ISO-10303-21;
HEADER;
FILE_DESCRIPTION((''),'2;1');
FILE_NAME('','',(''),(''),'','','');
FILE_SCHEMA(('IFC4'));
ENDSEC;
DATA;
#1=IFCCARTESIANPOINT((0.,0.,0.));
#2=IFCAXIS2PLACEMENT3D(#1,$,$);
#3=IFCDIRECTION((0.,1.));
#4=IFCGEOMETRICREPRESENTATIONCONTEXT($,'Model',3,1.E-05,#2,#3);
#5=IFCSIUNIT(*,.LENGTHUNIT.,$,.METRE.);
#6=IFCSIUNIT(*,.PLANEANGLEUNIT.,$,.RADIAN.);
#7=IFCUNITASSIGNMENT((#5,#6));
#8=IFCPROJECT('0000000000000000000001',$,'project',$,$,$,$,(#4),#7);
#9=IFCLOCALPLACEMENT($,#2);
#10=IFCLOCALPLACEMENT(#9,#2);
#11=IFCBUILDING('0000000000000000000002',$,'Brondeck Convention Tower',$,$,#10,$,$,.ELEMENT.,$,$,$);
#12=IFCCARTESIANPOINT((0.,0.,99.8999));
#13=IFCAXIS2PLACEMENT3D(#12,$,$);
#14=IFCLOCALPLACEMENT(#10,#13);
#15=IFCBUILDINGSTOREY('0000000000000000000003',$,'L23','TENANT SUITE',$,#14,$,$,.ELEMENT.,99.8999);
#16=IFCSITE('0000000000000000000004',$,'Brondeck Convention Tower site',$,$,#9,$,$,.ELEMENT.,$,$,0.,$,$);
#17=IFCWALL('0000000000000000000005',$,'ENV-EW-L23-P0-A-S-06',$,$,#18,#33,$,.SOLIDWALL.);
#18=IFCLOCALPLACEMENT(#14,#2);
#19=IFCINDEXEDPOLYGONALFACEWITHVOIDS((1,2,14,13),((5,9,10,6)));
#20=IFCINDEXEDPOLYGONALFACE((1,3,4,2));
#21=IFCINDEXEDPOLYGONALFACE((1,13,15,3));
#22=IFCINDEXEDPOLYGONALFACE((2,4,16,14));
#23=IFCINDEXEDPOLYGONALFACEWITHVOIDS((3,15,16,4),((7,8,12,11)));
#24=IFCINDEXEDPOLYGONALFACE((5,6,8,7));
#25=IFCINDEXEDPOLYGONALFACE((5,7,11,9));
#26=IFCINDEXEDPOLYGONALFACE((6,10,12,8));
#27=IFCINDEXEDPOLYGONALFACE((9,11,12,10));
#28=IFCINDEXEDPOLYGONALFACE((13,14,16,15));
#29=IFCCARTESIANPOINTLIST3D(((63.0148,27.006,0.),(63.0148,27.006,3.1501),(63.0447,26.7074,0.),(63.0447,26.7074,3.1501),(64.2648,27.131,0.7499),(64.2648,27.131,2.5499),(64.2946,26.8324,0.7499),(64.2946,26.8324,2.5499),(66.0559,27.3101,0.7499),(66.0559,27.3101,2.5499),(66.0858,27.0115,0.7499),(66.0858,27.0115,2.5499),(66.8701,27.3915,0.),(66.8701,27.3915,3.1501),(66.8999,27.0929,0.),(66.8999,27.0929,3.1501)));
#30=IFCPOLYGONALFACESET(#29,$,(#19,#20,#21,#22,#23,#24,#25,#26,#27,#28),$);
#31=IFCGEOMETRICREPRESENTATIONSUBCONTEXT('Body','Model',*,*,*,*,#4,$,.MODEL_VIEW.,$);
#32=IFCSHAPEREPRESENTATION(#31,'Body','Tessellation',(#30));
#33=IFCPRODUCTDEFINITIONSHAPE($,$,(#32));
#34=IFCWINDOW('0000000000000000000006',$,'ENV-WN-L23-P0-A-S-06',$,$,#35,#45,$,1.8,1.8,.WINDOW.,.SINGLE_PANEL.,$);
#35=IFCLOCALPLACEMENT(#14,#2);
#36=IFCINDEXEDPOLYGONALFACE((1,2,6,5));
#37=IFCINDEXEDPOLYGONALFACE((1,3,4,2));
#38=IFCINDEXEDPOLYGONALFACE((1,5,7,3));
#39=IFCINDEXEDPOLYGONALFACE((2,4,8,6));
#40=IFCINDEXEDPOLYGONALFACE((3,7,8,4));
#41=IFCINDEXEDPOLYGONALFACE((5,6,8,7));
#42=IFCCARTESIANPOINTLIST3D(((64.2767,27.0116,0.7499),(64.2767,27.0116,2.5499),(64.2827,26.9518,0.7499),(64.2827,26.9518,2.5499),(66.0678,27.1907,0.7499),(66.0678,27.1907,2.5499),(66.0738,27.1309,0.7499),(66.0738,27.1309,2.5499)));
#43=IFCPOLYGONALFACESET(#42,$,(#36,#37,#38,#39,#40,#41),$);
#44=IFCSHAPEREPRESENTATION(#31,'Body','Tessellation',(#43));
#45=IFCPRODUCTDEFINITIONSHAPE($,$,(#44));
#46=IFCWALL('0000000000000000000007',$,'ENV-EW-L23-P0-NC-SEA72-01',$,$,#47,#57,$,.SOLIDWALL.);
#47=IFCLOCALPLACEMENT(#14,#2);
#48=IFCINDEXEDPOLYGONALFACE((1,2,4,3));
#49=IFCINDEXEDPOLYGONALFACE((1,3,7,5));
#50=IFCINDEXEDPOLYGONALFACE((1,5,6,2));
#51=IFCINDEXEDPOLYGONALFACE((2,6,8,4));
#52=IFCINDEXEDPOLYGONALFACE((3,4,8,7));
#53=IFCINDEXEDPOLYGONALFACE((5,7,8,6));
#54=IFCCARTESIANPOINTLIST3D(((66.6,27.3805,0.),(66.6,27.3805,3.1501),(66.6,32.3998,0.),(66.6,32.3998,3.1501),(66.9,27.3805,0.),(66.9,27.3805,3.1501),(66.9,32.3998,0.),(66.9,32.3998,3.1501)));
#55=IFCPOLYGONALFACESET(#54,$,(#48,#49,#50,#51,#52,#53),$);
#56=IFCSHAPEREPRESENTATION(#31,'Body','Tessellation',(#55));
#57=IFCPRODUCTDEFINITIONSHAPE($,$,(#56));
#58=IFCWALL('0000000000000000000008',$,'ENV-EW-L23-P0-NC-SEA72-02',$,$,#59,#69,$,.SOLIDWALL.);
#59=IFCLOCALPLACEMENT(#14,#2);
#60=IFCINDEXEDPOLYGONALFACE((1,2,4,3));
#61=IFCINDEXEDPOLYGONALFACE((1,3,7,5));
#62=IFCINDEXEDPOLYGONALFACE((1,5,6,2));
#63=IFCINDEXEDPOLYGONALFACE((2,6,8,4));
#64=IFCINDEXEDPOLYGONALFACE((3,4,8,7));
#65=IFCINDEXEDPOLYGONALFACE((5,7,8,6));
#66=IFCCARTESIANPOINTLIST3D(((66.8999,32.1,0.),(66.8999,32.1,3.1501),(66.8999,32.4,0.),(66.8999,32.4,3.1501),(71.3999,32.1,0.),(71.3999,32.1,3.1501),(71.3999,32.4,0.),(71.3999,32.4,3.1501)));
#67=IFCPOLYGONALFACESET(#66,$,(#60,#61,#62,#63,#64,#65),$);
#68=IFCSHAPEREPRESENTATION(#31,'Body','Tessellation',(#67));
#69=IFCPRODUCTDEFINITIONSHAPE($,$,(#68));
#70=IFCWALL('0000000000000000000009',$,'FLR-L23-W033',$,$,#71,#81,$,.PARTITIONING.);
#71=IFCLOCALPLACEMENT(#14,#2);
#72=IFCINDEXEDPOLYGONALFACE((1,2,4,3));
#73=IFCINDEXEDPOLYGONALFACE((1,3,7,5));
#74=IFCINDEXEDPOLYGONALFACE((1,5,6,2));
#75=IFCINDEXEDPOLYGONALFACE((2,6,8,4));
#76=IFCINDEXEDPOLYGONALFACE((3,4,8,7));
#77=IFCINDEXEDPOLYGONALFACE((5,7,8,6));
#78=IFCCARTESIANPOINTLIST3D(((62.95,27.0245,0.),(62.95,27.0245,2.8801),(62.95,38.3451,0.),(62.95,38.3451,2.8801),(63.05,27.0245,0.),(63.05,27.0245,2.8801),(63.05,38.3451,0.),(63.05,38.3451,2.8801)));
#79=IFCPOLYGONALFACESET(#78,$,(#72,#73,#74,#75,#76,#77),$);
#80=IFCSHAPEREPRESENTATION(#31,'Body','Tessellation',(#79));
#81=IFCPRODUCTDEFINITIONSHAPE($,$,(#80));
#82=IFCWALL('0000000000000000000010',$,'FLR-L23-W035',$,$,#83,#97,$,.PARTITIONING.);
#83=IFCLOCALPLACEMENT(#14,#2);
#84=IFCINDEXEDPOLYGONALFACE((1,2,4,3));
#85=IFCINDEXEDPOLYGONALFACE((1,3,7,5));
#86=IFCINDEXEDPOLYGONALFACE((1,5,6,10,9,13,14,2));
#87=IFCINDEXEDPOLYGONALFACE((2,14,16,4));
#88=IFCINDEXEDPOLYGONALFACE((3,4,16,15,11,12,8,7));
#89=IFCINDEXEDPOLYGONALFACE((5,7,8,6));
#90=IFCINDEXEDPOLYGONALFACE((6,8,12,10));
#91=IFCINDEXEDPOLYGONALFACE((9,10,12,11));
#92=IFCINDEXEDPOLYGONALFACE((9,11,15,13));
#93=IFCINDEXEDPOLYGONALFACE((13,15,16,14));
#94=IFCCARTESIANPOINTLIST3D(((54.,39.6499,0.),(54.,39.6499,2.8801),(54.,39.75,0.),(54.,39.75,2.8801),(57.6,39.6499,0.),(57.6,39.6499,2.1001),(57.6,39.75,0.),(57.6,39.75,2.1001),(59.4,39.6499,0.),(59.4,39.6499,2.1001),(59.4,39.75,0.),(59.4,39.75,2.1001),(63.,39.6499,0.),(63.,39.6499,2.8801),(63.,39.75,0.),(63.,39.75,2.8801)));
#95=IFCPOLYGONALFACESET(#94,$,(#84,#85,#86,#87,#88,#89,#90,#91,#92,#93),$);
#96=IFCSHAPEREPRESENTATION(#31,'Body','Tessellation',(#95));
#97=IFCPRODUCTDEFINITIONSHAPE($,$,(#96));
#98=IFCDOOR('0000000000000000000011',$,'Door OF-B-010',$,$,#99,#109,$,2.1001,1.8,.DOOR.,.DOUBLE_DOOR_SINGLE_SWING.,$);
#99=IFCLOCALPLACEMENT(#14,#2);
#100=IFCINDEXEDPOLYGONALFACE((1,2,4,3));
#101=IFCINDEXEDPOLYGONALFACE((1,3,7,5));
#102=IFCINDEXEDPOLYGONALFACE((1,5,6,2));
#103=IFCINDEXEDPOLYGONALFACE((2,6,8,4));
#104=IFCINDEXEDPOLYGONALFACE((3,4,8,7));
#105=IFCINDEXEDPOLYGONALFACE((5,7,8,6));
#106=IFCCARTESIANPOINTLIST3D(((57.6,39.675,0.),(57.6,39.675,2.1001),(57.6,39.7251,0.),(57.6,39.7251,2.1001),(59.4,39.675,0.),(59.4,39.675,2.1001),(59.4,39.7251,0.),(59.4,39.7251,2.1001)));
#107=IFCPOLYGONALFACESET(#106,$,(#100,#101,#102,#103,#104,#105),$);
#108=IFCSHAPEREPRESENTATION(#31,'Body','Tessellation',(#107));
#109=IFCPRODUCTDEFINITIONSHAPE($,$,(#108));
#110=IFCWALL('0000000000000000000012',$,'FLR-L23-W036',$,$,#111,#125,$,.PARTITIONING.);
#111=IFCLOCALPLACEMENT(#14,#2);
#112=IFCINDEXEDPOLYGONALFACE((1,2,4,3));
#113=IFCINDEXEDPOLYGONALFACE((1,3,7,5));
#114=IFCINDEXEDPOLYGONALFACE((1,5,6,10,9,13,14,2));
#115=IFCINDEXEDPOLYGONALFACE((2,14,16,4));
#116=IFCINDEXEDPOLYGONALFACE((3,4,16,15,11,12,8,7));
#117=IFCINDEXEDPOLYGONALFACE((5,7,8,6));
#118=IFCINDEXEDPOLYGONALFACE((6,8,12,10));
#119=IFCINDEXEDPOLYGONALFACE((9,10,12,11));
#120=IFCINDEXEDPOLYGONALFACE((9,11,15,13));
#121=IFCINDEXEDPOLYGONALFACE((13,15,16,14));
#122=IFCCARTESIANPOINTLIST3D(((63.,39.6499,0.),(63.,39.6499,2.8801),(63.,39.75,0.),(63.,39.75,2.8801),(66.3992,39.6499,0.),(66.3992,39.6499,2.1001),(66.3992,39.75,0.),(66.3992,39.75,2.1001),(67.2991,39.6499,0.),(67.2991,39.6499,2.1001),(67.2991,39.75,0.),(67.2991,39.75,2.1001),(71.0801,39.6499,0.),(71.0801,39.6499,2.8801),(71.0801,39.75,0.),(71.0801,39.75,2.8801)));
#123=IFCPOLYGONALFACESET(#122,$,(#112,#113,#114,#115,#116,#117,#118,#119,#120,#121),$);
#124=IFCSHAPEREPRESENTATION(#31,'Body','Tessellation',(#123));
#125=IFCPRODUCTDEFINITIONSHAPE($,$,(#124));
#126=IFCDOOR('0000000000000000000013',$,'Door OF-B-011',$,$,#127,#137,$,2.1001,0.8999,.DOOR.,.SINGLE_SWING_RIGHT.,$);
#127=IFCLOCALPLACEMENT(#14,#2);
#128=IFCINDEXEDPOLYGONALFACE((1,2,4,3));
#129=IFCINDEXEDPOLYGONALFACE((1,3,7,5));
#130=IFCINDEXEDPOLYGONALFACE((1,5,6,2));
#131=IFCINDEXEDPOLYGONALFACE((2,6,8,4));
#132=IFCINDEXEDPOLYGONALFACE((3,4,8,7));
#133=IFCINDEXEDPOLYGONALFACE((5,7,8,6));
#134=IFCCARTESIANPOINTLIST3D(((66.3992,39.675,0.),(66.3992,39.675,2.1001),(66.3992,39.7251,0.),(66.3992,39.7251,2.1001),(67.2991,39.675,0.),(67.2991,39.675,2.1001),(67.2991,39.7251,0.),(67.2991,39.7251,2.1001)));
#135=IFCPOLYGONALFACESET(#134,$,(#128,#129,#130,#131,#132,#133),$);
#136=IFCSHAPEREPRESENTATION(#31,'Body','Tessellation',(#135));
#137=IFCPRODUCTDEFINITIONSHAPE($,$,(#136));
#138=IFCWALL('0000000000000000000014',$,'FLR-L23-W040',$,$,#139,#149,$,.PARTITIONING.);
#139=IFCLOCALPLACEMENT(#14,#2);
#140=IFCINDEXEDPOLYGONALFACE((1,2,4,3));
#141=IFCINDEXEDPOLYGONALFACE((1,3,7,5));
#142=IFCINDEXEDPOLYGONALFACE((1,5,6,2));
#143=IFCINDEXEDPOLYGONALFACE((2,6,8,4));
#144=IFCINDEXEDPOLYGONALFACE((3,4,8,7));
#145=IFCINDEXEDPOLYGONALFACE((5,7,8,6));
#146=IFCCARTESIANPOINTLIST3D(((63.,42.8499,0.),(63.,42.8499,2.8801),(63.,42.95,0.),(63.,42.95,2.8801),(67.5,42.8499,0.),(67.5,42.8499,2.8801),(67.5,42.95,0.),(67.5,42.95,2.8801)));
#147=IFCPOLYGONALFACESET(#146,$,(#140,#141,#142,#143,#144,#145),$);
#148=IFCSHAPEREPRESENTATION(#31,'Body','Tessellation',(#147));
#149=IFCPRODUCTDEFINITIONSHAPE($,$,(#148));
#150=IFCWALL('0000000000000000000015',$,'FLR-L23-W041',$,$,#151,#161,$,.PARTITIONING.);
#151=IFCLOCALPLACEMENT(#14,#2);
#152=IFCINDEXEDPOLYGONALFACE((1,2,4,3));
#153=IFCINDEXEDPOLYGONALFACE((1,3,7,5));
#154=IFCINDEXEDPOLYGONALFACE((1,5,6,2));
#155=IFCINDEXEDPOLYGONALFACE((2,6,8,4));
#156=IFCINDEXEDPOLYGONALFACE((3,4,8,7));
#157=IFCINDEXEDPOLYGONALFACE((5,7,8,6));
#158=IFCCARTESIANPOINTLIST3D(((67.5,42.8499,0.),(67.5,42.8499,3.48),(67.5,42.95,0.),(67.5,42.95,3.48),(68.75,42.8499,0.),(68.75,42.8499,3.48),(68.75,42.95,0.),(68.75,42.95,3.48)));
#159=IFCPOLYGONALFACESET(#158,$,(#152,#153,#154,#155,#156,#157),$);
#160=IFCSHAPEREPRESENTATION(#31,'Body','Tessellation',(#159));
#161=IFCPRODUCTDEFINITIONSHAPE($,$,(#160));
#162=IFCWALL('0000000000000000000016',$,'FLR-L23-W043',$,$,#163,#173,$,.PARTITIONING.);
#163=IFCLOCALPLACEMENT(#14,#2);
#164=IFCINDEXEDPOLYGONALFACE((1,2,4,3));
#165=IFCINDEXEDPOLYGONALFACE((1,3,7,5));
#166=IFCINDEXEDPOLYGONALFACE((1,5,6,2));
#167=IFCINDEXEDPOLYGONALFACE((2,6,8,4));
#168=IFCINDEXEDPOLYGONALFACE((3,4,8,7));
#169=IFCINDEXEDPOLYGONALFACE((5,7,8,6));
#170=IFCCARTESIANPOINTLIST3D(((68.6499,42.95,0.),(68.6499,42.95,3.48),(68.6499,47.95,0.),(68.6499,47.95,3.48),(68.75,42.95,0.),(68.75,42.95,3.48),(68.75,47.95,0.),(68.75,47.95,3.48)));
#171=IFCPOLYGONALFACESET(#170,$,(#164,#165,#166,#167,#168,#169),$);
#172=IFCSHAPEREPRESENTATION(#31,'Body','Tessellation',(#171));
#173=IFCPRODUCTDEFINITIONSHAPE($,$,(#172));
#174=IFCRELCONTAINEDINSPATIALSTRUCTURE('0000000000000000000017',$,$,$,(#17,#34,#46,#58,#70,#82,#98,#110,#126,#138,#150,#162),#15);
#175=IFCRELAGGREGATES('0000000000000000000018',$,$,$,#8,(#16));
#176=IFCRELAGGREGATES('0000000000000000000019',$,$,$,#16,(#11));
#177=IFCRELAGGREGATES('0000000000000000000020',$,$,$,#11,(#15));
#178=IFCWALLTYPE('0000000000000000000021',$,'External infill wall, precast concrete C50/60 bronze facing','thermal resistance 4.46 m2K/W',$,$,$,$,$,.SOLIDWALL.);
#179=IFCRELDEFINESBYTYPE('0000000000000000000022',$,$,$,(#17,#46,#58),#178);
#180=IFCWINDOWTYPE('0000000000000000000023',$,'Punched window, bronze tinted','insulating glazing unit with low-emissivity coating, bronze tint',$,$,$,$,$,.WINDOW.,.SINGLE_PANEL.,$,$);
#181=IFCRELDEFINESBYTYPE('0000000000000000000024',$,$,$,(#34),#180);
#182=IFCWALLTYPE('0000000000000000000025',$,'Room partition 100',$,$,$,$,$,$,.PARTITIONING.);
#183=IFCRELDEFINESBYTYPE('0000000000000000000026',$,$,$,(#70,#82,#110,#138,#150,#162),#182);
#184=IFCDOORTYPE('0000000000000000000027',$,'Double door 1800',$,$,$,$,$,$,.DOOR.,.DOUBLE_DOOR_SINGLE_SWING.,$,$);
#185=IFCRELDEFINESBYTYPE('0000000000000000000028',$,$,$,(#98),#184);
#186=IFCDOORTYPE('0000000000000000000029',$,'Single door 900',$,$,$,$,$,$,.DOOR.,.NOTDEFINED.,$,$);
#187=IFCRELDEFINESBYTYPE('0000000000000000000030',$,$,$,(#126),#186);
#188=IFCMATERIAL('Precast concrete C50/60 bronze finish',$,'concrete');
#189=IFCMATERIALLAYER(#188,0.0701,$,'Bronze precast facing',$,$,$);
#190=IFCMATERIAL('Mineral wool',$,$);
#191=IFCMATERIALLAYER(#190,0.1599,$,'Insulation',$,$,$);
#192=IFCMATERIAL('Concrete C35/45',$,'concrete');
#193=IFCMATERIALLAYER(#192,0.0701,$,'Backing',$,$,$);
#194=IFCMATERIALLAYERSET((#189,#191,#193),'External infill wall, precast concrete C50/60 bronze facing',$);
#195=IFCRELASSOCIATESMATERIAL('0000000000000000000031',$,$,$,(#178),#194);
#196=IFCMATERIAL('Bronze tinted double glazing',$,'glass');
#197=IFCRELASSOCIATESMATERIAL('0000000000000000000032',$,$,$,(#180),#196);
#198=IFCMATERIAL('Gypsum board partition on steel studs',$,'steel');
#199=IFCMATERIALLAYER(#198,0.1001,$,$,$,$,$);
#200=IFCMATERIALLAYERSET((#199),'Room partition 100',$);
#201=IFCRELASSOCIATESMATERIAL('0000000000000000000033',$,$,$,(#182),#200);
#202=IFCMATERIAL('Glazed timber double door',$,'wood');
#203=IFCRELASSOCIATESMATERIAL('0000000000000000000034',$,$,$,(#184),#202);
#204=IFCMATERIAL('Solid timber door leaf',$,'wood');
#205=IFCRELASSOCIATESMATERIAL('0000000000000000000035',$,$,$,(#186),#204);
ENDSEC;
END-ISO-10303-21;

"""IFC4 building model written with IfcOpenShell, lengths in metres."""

from ifc_helpers import new_model, si_unit, direction, frame, frame_2d, origin, place, context, subcontext, project, spatial, rectangle, extrude, material, layer, layer_set, type_object, element, fill, save


model = new_model("IFC4")

# Units and contexts
model_context = context("Model", 3, precision=1e-05, world=origin(), true_north=direction((0.0, 1.0)))
body_context = subcontext(model_context, "Body", "Model", "MODEL_VIEW")
ifc_project = project(units=[si_unit("LENGTHUNIT", "METRE"), si_unit("PLANEANGLEUNIT", "RADIAN")], contexts=[model_context])

# Site, building, storey
site_placement = place(None, origin())
site = spatial("IfcSite", under=ifc_project, at=site_placement, Name="Brondeck Convention Tower site", CompositionType="ELEMENT", RefElevation=0.0)
building_placement = place(site_placement, origin())
building = spatial("IfcBuilding", under=site, at=building_placement, Name="Brondeck Convention Tower", CompositionType="ELEMENT")
storey_placement = place(building_placement, frame((0.0, 0.0, 99.8999)))
storey = spatial("IfcBuildingStorey", under=building, at=storey_placement, Name="L23", Description="TENANT SUITE", CompositionType="ELEMENT", Elevation=99.8999)

# Shared definitions
ifc_material_1 = material(Name="Precast concrete C50/60 bronze finish", Category="concrete")
ifc_layer_1 = layer(ifc_material_1, 0.0701, Name="Bronze precast facing")
ifc_material_2 = material(Name="Mineral wool")
ifc_layer_2 = layer(ifc_material_2, 0.1599, Name="Insulation")
ifc_material_3 = material(Name="Concrete C35/45", Category="concrete")
ifc_layer_3 = layer(ifc_material_3, 0.0701, Name="Backing")
ifc_layer_set_1 = layer_set([ifc_layer_1, ifc_layer_2, ifc_layer_3], Name="External infill wall, precast concrete C50/60 bronze facing")
wall_type_1 = type_object("IfcWallType", Name="External infill wall, precast concrete C50/60 bronze facing", Description="thermal resistance 4.46 m2K/W", PredefinedType="SOLIDWALL", material=ifc_layer_set_1)
ifc_material_4 = material(Name="Bronze tinted double glazing", Category="glass")
window_type_1 = type_object("IfcWindowType", Name="Punched window, bronze tinted", Description="insulating glazing unit with low-emissivity coating, bronze tint", PartitioningType="SINGLE_PANEL", PredefinedType="WINDOW", material=ifc_material_4)

# Wall, opening, window
wall_1_placement = place(storey_placement, frame((66.885, 27.2422, 0.0), z_axis=(0.0, 0.0, 1.0), x_axis=(-0.995038, -0.099497, 0.0)))
wall_1 = element("IfcWall", 1, at=wall_1_placement, inside=storey, type_object=wall_type_1, Name="ENV-EW-L23-P0-A-S-06", PredefinedType="SOLIDWALL", context=body_context, shape_type="SweptSolid", body=[
    extrude(rectangle(XDim=3.8745, YDim=0.3, at=frame_2d((1.9373, 0.0))), origin(), (0.0, 0.0, 1.0), 3.1501),
])
opening_1_placement = place(wall_1_placement, frame((0.8184, 0.0, 0.75)))
opening_1 = element("IfcOpeningElement", 2, at=opening_1_placement, cuts=wall_1, PredefinedType="OPENING", context=body_context, shape_type="SweptSolid", body=[
    extrude(rectangle(XDim=1.8, YDim=1.8, at=frame_2d((0.8999, 0.8999))), frame((0.0, 0.1599, 0.0), z_axis=(0.0, -1.0, 0.0), x_axis=(1.0, 0.0, 0.0)), (0.0, 0.0, 1.0), 0.3201),
])
window_1_placement = place(opening_1_placement, origin())
window_1 = element("IfcWindow", 3, at=window_1_placement, inside=storey, type_object=window_type_1, Name="ENV-WN-L23-P0-A-S-06", OverallHeight=1.8, OverallWidth=1.8, PartitioningType="SINGLE_PANEL", PredefinedType="WINDOW", context=body_context, shape_type="SweptSolid", body=[
    extrude(rectangle(XDim=1.8, YDim=1.8, at=frame_2d((0.8999, 0.8999))), frame((0.0, 0.03, 0.0), z_axis=(0.0, -1.0, 0.0), x_axis=(1.0, 0.0, 0.0)), (0.0, 0.0, 1.0), 0.0601),
])
fill(opening_1, window_1)

# Walls
wall_2_placement = place(storey_placement, frame((66.75, 32.3999, 0.0), z_axis=(0.0, 0.0, 1.0), x_axis=(0.0, -1.0, 0.0)))
element("IfcWall", 4, at=wall_2_placement, inside=storey, type_object=wall_type_1, Name="ENV-EW-L23-P0-NC-SEA72-01", PredefinedType="SOLIDWALL", context=body_context, shape_type="SweptSolid", body=[
    extrude(rectangle(XDim=5.0193, YDim=0.3, at=frame_2d((2.5098, 0.0))), origin(), (0.0, 0.0, 1.0), 3.1501),
])
wall_3_placement = place(storey_placement, frame((71.3999, 32.25, 0.0), z_axis=(0.0, 0.0, 1.0), x_axis=(-1.0, 0.0, 0.0)))
element("IfcWall", 5, at=wall_3_placement, inside=storey, type_object=wall_type_1, Name="ENV-EW-L23-P0-NC-SEA72-02", PredefinedType="SOLIDWALL", context=body_context, shape_type="SweptSolid", body=[
    extrude(rectangle(XDim=4.5, YDim=0.3, at=frame_2d((2.25, 0.0))), origin(), (0.0, 0.0, 1.0), 3.1501),
])
ifc_material_5 = material(Name="Gypsum board partition on steel studs", Category="steel")
ifc_layer_4 = layer(ifc_material_5, 0.1001)
ifc_layer_set_2 = layer_set([ifc_layer_4], Name="Room partition 100")
wall_type_2 = type_object("IfcWallType", Name="Room partition 100", PredefinedType="PARTITIONING", material=ifc_layer_set_2)
wall_4_placement = place(storey_placement, frame((63.0, 38.345, 0.0), z_axis=(0.0, 0.0, 1.0), x_axis=(0.0, -1.0, 0.0)))
element("IfcWall", 6, at=wall_4_placement, inside=storey, type_object=wall_type_2, Name="FLR-L23-W033", PredefinedType="PARTITIONING", context=body_context, shape_type="SweptSolid", body=[
    extrude(rectangle(XDim=11.3206, YDim=0.1001, at=frame_2d((5.6602, 0.0))), origin(), (0.0, 0.0, 1.0), 2.8801),
])

# Walls, openings, doors
wall_5_placement = place(storey_placement, frame((63.0, 39.7, 0.0), z_axis=(0.0, 0.0, 1.0), x_axis=(-1.0, 0.0, 0.0)))
wall_5 = element("IfcWall", 7, at=wall_5_placement, inside=storey, type_object=wall_type_2, Name="FLR-L23-W035", PredefinedType="PARTITIONING", context=body_context, shape_type="SweptSolid", body=[
    extrude(rectangle(XDim=9.0, YDim=0.1001, at=frame_2d((4.5, 0.0))), origin(), (0.0, 0.0, 1.0), 2.8801),
])
opening_2_placement = place(wall_5_placement, frame((3.6001, 0.0, 0.0)))
opening_2 = element("IfcOpeningElement", 8, at=opening_2_placement, cuts=wall_5, PredefinedType="OPENING", context=body_context, shape_type="SweptSolid", body=[
    extrude(rectangle(XDim=1.8, YDim=2.1001, at=frame_2d((0.8999, 1.05))), frame((0.0, 0.0601, 0.0), z_axis=(0.0, -1.0, 0.0), x_axis=(1.0, 0.0, 0.0)), (0.0, 0.0, 1.0), 0.1201),
])
ifc_material_6 = material(Name="Glazed timber double door", Category="wood")
door_type_1 = type_object("IfcDoorType", Name="Double door 1800", OperationType="DOUBLE_DOOR_SINGLE_SWING", PredefinedType="DOOR", material=ifc_material_6)
door_1_placement = place(opening_2_placement, origin())
door_1 = element("IfcDoor", 9, at=door_1_placement, inside=storey, type_object=door_type_1, Name="Door OF-B-010", OperationType="DOUBLE_DOOR_SINGLE_SWING", OverallHeight=2.1001, OverallWidth=1.8, PredefinedType="DOOR", context=body_context, shape_type="SweptSolid", body=[
    extrude(rectangle(XDim=1.8, YDim=2.1001, at=frame_2d((0.8999, 1.05))), frame((0.0, 0.0249, 0.0), z_axis=(0.0, -1.0, 0.0), x_axis=(1.0, 0.0, 0.0)), (0.0, 0.0, 1.0), 0.05),
])
fill(opening_2, door_1)
wall_6_placement = place(storey_placement, frame((71.0801, 39.7, 0.0), z_axis=(0.0, 0.0, 1.0), x_axis=(-1.0, 0.0, 0.0)))
wall_6 = element("IfcWall", 10, at=wall_6_placement, inside=storey, type_object=wall_type_2, Name="FLR-L23-W036", PredefinedType="PARTITIONING", context=body_context, shape_type="SweptSolid", body=[
    extrude(rectangle(XDim=8.0801, YDim=0.1001, at=frame_2d((4.04, 0.0))), origin(), (0.0, 0.0, 1.0), 2.8801),
])
opening_3_placement = place(wall_6_placement, frame((3.781, 0.0, 0.0)))
opening_3 = element("IfcOpeningElement", 11, at=opening_3_placement, cuts=wall_6, PredefinedType="OPENING", context=body_context, shape_type="SweptSolid", body=[
    extrude(rectangle(XDim=0.8999, YDim=2.1001, at=frame_2d((0.45, 1.05))), frame((0.0, 0.0601, 0.0), z_axis=(0.0, -1.0, 0.0), x_axis=(1.0, 0.0, 0.0)), (0.0, 0.0, 1.0), 0.1201),
])
ifc_material_7 = material(Name="Solid timber door leaf", Category="wood")
door_type_2 = type_object("IfcDoorType", Name="Single door 900", OperationType="NOTDEFINED", PredefinedType="DOOR", material=ifc_material_7)
door_2_placement = place(opening_3_placement, origin())
door_2 = element("IfcDoor", 12, at=door_2_placement, inside=storey, type_object=door_type_2, Name="Door OF-B-011", OperationType="SINGLE_SWING_RIGHT", OverallHeight=2.1001, OverallWidth=0.8999, PredefinedType="DOOR", context=body_context, shape_type="SweptSolid", body=[
    extrude(rectangle(XDim=0.8999, YDim=2.1001, at=frame_2d((0.45, 1.05))), frame((0.0, 0.0249, 0.0), z_axis=(0.0, -1.0, 0.0), x_axis=(1.0, 0.0, 0.0)), (0.0, 0.0, 1.0), 0.05),
])
fill(opening_3, door_2)

# Walls
wall_7_placement = place(storey_placement, frame((63.0, 42.8999, 0.0), z_axis=(0.0, 0.0, 1.0), x_axis=(1.0, 0.0, 0.0)))
element("IfcWall", 13, at=wall_7_placement, inside=storey, type_object=wall_type_2, Name="FLR-L23-W040", PredefinedType="PARTITIONING", context=body_context, shape_type="SweptSolid", body=[
    extrude(rectangle(XDim=4.5, YDim=0.1001, at=frame_2d((2.25, 0.0))), origin(), (0.0, 0.0, 1.0), 2.8801),
])
wall_8_placement = place(storey_placement, frame((67.5, 42.8999, 0.0), z_axis=(0.0, 0.0, 1.0), x_axis=(1.0, 0.0, 0.0)))
element("IfcWall", 14, at=wall_8_placement, inside=storey, type_object=wall_type_2, Name="FLR-L23-W041", PredefinedType="PARTITIONING", context=body_context, shape_type="SweptSolid", body=[
    extrude(rectangle(XDim=1.25, YDim=0.1001, at=frame_2d((0.625, 0.0))), origin(), (0.0, 0.0, 1.0), 3.48),
])
wall_9_placement = place(storey_placement, frame((68.7, 42.95, 0.0), z_axis=(0.0, 0.0, 1.0), x_axis=(0.0, 1.0, 0.0)))
element("IfcWall", 15, at=wall_9_placement, inside=storey, type_object=wall_type_2, Name="FLR-L23-W043", PredefinedType="PARTITIONING", context=body_context, shape_type="SweptSolid", body=[
    extrude(rectangle(XDim=5.0, YDim=0.1001, at=frame_2d((2.5, 0.0))), origin(), (0.0, 0.0, 1.0), 3.48),
])

save(model, "model.ifc")
